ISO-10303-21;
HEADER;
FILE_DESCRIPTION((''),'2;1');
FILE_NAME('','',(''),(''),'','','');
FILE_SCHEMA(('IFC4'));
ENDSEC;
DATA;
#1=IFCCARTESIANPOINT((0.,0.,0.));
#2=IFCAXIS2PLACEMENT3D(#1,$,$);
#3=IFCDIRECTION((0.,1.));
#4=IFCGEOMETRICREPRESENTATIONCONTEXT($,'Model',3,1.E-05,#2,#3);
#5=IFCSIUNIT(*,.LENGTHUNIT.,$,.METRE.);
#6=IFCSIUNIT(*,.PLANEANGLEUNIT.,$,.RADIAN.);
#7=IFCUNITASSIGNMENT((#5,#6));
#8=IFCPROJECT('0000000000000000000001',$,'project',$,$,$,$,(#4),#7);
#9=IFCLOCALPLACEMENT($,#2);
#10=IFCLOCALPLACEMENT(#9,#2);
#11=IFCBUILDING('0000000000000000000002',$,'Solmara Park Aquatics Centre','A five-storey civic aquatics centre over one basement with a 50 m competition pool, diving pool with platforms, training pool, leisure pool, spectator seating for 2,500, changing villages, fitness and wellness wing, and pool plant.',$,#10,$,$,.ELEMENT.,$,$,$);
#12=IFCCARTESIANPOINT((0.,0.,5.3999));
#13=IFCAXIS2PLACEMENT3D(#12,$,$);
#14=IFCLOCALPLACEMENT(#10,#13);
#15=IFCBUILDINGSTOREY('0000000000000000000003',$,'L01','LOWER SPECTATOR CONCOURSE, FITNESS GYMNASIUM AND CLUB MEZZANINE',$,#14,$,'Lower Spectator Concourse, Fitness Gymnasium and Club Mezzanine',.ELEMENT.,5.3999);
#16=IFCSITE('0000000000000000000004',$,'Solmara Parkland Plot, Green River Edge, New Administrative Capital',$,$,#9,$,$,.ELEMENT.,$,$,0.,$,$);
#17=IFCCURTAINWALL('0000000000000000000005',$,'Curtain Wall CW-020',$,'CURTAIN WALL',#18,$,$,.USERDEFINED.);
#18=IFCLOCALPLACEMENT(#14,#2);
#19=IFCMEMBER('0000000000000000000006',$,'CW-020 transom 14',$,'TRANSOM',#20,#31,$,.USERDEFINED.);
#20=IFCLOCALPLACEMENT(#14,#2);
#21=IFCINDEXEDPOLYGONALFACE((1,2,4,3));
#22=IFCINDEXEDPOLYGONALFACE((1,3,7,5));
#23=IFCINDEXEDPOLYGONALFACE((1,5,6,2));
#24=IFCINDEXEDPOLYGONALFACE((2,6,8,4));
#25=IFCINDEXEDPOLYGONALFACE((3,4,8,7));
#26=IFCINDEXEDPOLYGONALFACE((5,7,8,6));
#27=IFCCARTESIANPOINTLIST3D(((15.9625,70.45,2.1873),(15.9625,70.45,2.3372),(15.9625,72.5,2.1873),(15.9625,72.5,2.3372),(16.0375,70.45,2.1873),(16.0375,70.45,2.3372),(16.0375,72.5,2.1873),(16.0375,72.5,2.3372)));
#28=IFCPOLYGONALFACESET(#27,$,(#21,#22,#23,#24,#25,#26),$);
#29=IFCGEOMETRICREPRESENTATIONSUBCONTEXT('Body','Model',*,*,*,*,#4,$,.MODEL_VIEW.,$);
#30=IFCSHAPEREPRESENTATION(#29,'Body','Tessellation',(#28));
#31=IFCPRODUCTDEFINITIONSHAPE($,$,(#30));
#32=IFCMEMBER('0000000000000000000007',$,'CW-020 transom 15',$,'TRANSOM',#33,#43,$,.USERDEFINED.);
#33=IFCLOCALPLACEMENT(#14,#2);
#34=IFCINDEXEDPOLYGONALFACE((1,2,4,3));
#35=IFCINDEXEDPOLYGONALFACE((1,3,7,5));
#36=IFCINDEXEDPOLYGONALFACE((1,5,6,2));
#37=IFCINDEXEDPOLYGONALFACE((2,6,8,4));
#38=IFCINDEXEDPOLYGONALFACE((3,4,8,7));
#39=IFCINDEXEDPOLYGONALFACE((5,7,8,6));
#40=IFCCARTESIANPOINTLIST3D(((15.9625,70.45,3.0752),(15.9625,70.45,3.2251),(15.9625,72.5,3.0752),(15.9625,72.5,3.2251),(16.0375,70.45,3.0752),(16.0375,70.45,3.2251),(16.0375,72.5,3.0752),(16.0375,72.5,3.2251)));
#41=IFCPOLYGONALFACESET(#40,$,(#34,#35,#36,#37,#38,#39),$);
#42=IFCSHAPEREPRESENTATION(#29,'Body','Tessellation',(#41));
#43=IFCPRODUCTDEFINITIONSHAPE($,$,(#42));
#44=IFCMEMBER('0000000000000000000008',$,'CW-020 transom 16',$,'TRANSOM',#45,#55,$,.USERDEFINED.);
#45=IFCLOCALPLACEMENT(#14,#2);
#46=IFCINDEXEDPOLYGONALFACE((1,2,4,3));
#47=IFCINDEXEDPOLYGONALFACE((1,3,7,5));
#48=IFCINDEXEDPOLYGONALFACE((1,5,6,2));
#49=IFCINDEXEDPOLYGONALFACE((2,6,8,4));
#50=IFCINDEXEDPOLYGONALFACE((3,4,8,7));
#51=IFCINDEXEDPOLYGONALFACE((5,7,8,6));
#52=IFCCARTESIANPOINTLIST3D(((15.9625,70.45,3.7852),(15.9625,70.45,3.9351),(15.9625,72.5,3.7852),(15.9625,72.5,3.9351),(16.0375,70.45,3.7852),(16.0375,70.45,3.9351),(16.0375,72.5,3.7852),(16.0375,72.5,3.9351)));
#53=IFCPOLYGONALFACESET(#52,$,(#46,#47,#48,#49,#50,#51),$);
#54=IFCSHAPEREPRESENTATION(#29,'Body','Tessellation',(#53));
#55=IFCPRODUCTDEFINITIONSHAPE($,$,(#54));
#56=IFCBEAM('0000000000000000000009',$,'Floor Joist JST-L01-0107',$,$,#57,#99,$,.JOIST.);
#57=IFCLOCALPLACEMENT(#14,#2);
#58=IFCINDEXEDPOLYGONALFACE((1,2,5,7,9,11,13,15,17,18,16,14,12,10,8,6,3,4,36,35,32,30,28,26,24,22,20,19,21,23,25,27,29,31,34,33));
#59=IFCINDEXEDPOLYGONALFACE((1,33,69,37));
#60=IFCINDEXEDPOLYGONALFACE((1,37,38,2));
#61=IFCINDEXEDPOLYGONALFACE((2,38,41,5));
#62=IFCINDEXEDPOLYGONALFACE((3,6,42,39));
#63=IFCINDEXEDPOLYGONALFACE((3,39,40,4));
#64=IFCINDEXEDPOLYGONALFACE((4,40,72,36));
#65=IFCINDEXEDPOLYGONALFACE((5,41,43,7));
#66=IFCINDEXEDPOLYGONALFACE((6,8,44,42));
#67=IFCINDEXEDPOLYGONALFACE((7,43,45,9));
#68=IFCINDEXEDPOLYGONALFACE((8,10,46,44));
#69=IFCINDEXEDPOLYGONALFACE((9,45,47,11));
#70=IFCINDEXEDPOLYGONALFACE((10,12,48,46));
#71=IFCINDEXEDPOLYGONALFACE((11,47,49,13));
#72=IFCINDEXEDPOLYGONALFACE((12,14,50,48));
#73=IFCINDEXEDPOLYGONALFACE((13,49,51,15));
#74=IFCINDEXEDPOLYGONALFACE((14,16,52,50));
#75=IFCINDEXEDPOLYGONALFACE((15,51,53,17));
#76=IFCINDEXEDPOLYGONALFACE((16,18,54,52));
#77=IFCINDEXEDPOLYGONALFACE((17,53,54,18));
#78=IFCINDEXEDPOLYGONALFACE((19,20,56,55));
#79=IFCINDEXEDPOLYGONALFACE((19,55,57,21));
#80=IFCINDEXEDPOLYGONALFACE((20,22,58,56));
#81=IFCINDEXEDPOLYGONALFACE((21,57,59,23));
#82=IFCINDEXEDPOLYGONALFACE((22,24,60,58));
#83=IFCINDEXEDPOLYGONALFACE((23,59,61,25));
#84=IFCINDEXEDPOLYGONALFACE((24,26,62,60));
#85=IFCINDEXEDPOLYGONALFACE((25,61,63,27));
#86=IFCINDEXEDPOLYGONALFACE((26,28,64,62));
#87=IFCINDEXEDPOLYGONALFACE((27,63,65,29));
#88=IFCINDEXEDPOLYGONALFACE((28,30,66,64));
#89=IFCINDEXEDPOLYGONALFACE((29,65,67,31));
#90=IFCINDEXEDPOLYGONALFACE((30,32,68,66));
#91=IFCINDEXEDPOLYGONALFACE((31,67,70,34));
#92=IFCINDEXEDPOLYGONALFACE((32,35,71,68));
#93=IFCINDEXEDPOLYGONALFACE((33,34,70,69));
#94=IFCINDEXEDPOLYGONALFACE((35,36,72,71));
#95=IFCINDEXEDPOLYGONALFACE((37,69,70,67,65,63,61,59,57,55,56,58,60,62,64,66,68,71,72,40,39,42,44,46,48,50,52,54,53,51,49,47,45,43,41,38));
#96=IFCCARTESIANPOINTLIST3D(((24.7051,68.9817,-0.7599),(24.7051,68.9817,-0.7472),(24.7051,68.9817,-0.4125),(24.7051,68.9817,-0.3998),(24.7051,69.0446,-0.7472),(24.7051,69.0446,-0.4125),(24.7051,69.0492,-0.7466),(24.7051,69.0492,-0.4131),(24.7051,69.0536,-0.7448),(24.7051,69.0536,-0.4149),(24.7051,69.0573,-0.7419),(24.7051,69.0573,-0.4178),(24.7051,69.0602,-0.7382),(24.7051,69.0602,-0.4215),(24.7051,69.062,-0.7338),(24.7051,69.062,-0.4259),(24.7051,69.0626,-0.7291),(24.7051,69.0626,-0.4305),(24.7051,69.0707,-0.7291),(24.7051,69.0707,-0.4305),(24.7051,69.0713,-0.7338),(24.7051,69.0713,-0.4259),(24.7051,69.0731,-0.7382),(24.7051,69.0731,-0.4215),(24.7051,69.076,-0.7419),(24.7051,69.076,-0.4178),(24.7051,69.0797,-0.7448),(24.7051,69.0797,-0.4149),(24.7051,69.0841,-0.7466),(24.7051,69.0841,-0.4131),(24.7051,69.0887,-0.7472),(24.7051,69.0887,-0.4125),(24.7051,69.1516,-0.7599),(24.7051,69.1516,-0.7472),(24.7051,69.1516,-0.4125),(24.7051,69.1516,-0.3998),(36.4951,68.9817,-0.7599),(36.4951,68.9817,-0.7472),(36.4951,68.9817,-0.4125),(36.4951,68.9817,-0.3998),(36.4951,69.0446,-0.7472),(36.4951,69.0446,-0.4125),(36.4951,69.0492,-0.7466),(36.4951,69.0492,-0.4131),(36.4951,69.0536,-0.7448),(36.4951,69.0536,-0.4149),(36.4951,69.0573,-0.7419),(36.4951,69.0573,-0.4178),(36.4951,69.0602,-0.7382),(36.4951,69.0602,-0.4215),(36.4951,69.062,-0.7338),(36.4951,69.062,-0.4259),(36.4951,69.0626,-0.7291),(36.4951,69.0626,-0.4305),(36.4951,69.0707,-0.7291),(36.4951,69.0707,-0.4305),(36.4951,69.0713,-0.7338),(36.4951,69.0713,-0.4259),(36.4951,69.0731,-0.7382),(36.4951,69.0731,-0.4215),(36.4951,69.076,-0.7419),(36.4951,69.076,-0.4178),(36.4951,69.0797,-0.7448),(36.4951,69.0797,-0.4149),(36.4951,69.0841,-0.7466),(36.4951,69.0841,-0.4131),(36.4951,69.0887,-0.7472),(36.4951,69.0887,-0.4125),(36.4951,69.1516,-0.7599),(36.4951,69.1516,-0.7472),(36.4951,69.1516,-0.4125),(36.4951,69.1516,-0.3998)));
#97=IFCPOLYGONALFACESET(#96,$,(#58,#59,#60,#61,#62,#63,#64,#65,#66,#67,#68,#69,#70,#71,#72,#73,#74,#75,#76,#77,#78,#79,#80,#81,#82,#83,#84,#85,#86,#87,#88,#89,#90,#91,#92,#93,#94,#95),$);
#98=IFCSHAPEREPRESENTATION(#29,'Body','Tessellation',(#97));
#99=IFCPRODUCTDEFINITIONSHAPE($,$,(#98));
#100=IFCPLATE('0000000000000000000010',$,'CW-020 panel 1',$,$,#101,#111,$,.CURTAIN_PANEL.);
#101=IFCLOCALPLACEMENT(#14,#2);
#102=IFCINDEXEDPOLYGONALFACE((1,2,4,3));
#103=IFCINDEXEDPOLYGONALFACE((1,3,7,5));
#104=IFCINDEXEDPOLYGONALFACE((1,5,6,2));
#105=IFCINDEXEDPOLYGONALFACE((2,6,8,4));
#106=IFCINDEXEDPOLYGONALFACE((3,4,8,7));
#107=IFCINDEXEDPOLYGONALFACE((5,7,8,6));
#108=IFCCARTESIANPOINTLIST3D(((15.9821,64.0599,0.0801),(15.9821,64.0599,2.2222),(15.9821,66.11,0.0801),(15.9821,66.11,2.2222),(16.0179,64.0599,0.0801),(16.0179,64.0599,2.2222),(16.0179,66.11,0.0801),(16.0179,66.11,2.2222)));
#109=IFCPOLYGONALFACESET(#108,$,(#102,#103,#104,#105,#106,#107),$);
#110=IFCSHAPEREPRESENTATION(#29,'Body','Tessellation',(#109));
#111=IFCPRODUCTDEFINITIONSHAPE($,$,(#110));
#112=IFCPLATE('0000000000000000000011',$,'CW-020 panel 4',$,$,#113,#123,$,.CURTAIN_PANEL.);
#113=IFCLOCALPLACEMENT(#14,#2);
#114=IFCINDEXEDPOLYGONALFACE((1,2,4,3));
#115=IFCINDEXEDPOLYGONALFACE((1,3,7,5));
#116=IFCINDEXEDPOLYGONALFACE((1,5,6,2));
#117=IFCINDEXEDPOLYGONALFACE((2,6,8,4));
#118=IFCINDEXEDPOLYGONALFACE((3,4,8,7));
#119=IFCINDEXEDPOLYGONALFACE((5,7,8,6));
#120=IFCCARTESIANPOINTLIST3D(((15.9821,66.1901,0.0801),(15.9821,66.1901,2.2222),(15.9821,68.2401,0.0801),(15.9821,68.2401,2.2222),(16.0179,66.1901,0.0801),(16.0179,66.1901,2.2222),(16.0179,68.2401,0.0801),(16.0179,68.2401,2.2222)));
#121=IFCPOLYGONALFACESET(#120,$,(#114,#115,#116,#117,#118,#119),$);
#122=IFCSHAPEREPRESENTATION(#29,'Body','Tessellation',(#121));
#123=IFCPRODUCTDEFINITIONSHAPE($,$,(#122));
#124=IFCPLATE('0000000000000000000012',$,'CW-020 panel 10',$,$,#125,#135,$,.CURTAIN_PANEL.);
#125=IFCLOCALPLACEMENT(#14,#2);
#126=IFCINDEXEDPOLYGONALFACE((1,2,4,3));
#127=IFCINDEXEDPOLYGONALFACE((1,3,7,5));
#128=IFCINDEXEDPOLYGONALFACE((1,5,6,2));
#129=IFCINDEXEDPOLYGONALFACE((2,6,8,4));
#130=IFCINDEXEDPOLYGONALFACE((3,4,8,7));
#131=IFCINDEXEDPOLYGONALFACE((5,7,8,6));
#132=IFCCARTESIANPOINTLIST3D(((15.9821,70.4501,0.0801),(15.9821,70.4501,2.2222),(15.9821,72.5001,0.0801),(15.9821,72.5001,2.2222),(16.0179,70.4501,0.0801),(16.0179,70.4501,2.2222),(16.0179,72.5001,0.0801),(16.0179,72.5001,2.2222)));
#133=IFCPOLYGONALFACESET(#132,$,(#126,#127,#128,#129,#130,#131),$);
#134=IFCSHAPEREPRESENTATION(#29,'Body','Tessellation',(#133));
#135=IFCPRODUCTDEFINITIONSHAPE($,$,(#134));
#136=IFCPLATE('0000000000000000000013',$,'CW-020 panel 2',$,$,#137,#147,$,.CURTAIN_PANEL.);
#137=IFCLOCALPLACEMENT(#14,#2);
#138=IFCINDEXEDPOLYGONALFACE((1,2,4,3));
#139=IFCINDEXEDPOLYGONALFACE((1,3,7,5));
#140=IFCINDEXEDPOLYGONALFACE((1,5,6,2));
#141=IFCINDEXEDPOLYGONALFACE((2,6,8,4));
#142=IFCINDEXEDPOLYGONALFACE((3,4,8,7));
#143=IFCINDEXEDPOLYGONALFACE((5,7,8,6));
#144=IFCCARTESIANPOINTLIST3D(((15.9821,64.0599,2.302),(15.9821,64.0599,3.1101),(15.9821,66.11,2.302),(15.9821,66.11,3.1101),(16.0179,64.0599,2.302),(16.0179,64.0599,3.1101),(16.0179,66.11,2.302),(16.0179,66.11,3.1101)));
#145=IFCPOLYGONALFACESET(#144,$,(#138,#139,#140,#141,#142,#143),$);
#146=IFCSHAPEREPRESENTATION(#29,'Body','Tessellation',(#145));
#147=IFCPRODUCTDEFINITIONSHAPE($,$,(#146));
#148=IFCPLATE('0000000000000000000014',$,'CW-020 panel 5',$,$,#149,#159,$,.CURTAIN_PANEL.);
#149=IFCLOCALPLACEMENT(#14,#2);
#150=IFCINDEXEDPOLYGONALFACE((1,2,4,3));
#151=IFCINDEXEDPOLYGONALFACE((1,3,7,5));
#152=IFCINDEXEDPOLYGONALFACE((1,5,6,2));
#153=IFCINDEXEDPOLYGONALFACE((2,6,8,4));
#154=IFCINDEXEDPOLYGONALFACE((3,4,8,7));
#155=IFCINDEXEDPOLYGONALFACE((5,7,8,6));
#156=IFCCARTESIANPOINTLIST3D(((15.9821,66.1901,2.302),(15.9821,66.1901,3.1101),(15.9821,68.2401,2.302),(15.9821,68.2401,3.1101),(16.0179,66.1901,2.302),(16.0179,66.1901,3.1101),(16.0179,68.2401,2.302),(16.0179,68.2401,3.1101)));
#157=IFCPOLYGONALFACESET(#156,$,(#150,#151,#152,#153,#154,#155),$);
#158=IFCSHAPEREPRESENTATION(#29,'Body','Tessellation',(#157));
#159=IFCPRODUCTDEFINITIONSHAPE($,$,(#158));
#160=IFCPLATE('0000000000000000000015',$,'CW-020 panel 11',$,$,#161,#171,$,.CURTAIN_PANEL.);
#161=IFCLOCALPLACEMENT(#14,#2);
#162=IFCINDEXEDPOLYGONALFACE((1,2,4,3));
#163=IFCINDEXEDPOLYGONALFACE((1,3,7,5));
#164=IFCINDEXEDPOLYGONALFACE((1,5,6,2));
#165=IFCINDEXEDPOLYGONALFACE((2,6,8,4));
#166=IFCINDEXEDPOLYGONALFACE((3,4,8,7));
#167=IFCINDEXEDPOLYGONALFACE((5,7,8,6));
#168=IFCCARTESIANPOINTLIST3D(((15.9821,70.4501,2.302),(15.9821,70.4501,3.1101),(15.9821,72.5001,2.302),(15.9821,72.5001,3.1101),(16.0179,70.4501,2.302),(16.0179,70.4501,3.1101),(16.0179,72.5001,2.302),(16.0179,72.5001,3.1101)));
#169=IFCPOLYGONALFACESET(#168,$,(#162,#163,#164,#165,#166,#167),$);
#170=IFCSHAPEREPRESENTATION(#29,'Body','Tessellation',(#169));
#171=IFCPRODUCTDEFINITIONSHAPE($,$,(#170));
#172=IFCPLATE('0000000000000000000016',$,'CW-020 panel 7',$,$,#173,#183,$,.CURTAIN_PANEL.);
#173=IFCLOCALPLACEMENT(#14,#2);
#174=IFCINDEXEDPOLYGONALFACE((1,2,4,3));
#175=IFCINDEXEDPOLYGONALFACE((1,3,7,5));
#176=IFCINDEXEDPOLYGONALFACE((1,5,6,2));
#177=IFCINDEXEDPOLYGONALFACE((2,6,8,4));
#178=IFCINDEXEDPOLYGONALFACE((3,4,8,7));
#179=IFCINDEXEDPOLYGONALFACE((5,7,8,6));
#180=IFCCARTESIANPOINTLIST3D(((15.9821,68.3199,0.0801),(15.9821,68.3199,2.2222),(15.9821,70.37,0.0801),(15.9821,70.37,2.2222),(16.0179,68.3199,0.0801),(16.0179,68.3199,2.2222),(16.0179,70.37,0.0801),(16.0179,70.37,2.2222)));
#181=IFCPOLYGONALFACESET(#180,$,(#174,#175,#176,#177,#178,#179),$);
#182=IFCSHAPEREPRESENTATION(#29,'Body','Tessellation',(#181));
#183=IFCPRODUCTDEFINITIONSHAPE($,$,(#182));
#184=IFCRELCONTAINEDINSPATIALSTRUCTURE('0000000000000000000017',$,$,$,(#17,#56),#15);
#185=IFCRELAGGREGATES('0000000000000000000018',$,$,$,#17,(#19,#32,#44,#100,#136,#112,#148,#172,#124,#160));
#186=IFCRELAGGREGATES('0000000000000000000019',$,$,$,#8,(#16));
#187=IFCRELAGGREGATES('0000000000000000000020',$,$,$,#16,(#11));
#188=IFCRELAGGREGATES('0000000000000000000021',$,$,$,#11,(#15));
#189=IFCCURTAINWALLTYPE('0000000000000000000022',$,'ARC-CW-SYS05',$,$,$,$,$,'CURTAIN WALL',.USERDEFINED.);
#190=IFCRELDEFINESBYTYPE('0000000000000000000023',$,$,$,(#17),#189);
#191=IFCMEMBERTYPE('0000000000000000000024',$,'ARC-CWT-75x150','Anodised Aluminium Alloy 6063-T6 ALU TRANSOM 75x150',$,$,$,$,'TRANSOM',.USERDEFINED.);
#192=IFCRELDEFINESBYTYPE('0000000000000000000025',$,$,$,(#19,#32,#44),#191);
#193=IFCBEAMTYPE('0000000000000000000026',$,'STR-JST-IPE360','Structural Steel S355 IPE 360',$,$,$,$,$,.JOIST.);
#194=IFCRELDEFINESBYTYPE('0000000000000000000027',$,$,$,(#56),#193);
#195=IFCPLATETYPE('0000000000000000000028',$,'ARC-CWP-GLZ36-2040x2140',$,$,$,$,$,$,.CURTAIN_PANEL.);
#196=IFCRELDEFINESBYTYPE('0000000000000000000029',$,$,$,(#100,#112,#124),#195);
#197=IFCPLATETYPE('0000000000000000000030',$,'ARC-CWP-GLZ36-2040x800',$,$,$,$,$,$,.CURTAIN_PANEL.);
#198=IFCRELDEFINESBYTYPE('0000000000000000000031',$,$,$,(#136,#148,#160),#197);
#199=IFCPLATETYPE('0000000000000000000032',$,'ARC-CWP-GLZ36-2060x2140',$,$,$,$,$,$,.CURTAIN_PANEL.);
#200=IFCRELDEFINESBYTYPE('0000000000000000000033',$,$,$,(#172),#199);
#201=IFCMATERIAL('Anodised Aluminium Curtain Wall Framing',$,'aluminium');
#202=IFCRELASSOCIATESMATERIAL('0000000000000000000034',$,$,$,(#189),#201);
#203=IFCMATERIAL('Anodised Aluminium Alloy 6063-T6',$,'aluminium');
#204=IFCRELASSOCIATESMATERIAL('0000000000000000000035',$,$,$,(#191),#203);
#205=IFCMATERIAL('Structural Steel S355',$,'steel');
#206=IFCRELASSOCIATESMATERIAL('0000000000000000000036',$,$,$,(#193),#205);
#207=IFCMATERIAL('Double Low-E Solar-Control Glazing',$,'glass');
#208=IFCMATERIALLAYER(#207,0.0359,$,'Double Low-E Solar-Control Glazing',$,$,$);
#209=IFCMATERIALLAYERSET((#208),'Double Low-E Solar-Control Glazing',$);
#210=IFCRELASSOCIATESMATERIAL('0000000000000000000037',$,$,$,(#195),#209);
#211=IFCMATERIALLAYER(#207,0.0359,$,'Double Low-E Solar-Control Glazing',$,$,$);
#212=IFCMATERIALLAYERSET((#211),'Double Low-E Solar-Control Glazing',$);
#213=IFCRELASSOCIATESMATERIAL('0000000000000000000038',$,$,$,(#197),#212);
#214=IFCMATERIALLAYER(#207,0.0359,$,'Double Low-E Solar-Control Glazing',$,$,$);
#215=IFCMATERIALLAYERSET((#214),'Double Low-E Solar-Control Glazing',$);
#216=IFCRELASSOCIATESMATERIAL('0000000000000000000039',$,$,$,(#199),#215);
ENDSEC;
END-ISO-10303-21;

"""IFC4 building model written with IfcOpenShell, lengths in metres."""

from ifc_helpers import new_model, si_unit, direction, frame, origin, origin_2d, place, context, subcontext, project, spatial, rectangle, i_section, extrude, material, layer, layer_set, material_profile, profile_set, type_object, element, aggregate, save


model = new_model("IFC4")

# Units and contexts
model_context = context("Model", 3, precision=1e-05, world=origin(), true_north=direction((0.0, 1.0)))
body_context = subcontext(model_context, "Body", "Model", "MODEL_VIEW")
ifc_project = project(units=[si_unit("LENGTHUNIT", "METRE"), si_unit("PLANEANGLEUNIT", "RADIAN")], contexts=[model_context])

# Site, building, storey
site_placement = place(None, origin())
site = spatial("IfcSite", under=ifc_project, at=site_placement, Name="Solmara Parkland Plot, Green River Edge, New Administrative Capital", CompositionType="ELEMENT", RefElevation=0.0)
building_placement = place(site_placement, origin())
building = spatial("IfcBuilding", under=site, at=building_placement, Name="Solmara Park Aquatics Centre", Description="A five-storey civic aquatics centre over one basement with a 50 m competition pool, diving pool with platforms, training pool, leisure pool, spectator seating for 2,500, changing villages, fitness and wellness wing, and pool plant.", CompositionType="ELEMENT")
storey_placement = place(building_placement, frame((0.0, 0.0, 5.3999)))
storey = spatial("IfcBuildingStorey", under=building, at=storey_placement, Name="L01", Description="LOWER SPECTATOR CONCOURSE, FITNESS GYMNASIUM AND CLUB MEZZANINE", LongName="Lower Spectator Concourse, Fitness Gymnasium and Club Mezzanine", CompositionType="ELEMENT", Elevation=5.3999)

# Curtain wall, members
ifc_material_1 = material(Name="Anodised Aluminium Curtain Wall Framing", Category="aluminium")
curtain_wall_type = type_object("IfcCurtainWallType", Name="ARC-CW-SYS05", ElementType="CURTAIN WALL", PredefinedType="USERDEFINED", material=ifc_material_1)
curtain_wall_placement = place(storey_placement, origin())
curtain_wall = element("IfcCurtainWall", 1, at=curtain_wall_placement, inside=storey, type_object=curtain_wall_type, Name="Curtain Wall CW-020", ObjectType="CURTAIN WALL", PredefinedType="USERDEFINED")
ifc_material_2 = material(Name="Anodised Aluminium Alloy 6063-T6", Category="aluminium")
ifc_material_profile_1 = material_profile(ifc_material_2, rectangle(XDim=0.075, YDim=0.1499, at=origin_2d()), Name="ALU TRANSOM 75x150")
ifc_profile_set_1 = profile_set([ifc_material_profile_1], Name="Anodised Aluminium Alloy 6063-T6")
member_type_1 = type_object("IfcMemberType", Name="ARC-CWT-75x150", Description="Anodised Aluminium Alloy 6063-T6 ALU TRANSOM 75x150", ElementType="TRANSOM", PredefinedType="USERDEFINED", material=ifc_profile_set_1)
member_1_placement = place(storey_placement, frame((16.0, 70.45, 2.2622), z_axis=(0.0, 1.0, 0.0), x_axis=(-1.0, 0.0, 0.0)))
member_1 = element("IfcMember", 2, at=member_1_placement, type_object=member_type_1, Name="CW-020 transom 14", ObjectType="TRANSOM", PredefinedType="USERDEFINED", context=body_context, shape_type="SweptSolid", body=[
    extrude(rectangle(XDim=0.075, YDim=0.1499, at=origin_2d()), origin(), (0.0, 0.0, 1.0), 2.05),
])
member_2_placement = place(storey_placement, frame((16.0, 70.45, 3.1501), z_axis=(0.0, 1.0, 0.0), x_axis=(-1.0, 0.0, 0.0)))
member_2 = element("IfcMember", 3, at=member_2_placement, type_object=member_type_1, Name="CW-020 transom 15", ObjectType="TRANSOM", PredefinedType="USERDEFINED", context=body_context, shape_type="SweptSolid", body=[
    extrude(rectangle(XDim=0.075, YDim=0.1499, at=origin_2d()), origin(), (0.0, 0.0, 1.0), 2.05),
])
member_3_placement = place(storey_placement, frame((16.0, 70.45, 3.8601), z_axis=(0.0, 1.0, 0.0), x_axis=(-1.0, 0.0, 0.0)))
member_3 = element("IfcMember", 4, at=member_3_placement, type_object=member_type_1, Name="CW-020 transom 16", ObjectType="TRANSOM", PredefinedType="USERDEFINED", context=body_context, shape_type="SweptSolid", body=[
    extrude(rectangle(XDim=0.075, YDim=0.1499, at=origin_2d()), origin(), (0.0, 0.0, 1.0), 2.05),
])

# Beam
ifc_material_3 = material(Name="Structural Steel S355", Category="steel")
ifc_material_profile_2 = material_profile(ifc_material_3, i_section(OverallWidth=0.1699, OverallDepth=0.3601, WebThickness=0.0081, FlangeThickness=0.0127, FilletRadius=0.0181, at=origin_2d()), Name="IPE 360")
ifc_profile_set_2 = profile_set([ifc_material_profile_2], Name="Structural Steel S355")
beam_type = type_object("IfcBeamType", Name="STR-JST-IPE360", Description="Structural Steel S355 IPE 360", PredefinedType="JOIST", material=ifc_profile_set_2)
beam_placement = place(storey_placement, frame((24.7051, 69.0667, -0.5798), z_axis=(1.0, 0.0, 0.0), x_axis=(0.0, 1.0, 0.0)))
element("IfcBeam", 5, at=beam_placement, inside=storey, type_object=beam_type, Name="Floor Joist JST-L01-0107", PredefinedType="JOIST", context=body_context, shape_type="SweptSolid", body=[
    extrude(i_section(OverallWidth=0.1699, OverallDepth=0.3601, WebThickness=0.0081, FlangeThickness=0.0127, FilletRadius=0.0181, at=origin_2d()), origin(), (0.0, 0.0, 1.0), 11.79),
])

# Plates
ifc_material_4 = material(Name="Double Low-E Solar-Control Glazing", Category="glass")
ifc_layer_1 = layer(ifc_material_4, 0.0359, Name="Double Low-E Solar-Control Glazing")
ifc_layer_set_1 = layer_set([ifc_layer_1], Name="Double Low-E Solar-Control Glazing")
plate_type_1 = type_object("IfcPlateType", Name="ARC-CWP-GLZ36-2040x2140", PredefinedType="CURTAIN_PANEL", material=ifc_layer_set_1)
plate_1_placement = place(storey_placement, frame((16.0, 65.085, 0.0801), z_axis=(0.0, 0.0, 1.0), x_axis=(0.0, 1.0, 0.0)))
plate_1 = element("IfcPlate", 6, at=plate_1_placement, type_object=plate_type_1, Name="CW-020 panel 1", PredefinedType="CURTAIN_PANEL", context=body_context, shape_type="SweptSolid", body=[
    extrude(rectangle(XDim=2.05, YDim=0.0359, at=origin_2d()), origin(), (0.0, 0.0, 1.0), 2.1421),
])
plate_2_placement = place(storey_placement, frame((16.0, 67.2151, 0.0801), z_axis=(0.0, 0.0, 1.0), x_axis=(0.0, 1.0, 0.0)))
plate_2 = element("IfcPlate", 7, at=plate_2_placement, type_object=plate_type_1, Name="CW-020 panel 4", PredefinedType="CURTAIN_PANEL", context=body_context, shape_type="SweptSolid", body=[
    extrude(rectangle(XDim=2.05, YDim=0.0359, at=origin_2d()), origin(), (0.0, 0.0, 1.0), 2.1421),
])
plate_3_placement = place(storey_placement, frame((16.0, 71.4751, 0.0801), z_axis=(0.0, 0.0, 1.0), x_axis=(0.0, 1.0, 0.0)))
plate_3 = element("IfcPlate", 8, at=plate_3_placement, type_object=plate_type_1, Name="CW-020 panel 10", PredefinedType="CURTAIN_PANEL", context=body_context, shape_type="SweptSolid", body=[
    extrude(rectangle(XDim=2.05, YDim=0.0359, at=origin_2d()), origin(), (0.0, 0.0, 1.0), 2.1421),
])
ifc_layer_2 = layer(ifc_material_4, 0.0359, Name="Double Low-E Solar-Control Glazing")
ifc_layer_set_2 = layer_set([ifc_layer_2], Name="Double Low-E Solar-Control Glazing")
plate_type_2 = type_object("IfcPlateType", Name="ARC-CWP-GLZ36-2040x800", PredefinedType="CURTAIN_PANEL", material=ifc_layer_set_2)
plate_4_placement = place(storey_placement, frame((16.0, 65.085, 2.302), z_axis=(0.0, 0.0, 1.0), x_axis=(0.0, 1.0, 0.0)))
plate_4 = element("IfcPlate", 9, at=plate_4_placement, type_object=plate_type_2, Name="CW-020 panel 2", PredefinedType="CURTAIN_PANEL", context=body_context, shape_type="SweptSolid", body=[
    extrude(rectangle(XDim=2.05, YDim=0.0359, at=origin_2d()), origin(), (0.0, 0.0, 1.0), 0.8081),
])
plate_5_placement = place(storey_placement, frame((16.0, 67.2151, 2.302), z_axis=(0.0, 0.0, 1.0), x_axis=(0.0, 1.0, 0.0)))
plate_5 = element("IfcPlate", 10, at=plate_5_placement, type_object=plate_type_2, Name="CW-020 panel 5", PredefinedType="CURTAIN_PANEL", context=body_context, shape_type="SweptSolid", body=[
    extrude(rectangle(XDim=2.05, YDim=0.0359, at=origin_2d()), origin(), (0.0, 0.0, 1.0), 0.8081),
])
plate_6_placement = place(storey_placement, frame((16.0, 71.4751, 2.302), z_axis=(0.0, 0.0, 1.0), x_axis=(0.0, 1.0, 0.0)))
plate_6 = element("IfcPlate", 11, at=plate_6_placement, type_object=plate_type_2, Name="CW-020 panel 11", PredefinedType="CURTAIN_PANEL", context=body_context, shape_type="SweptSolid", body=[
    extrude(rectangle(XDim=2.05, YDim=0.0359, at=origin_2d()), origin(), (0.0, 0.0, 1.0), 0.8081),
])
ifc_layer_3 = layer(ifc_material_4, 0.0359, Name="Double Low-E Solar-Control Glazing")
ifc_layer_set_3 = layer_set([ifc_layer_3], Name="Double Low-E Solar-Control Glazing")
plate_type_3 = type_object("IfcPlateType", Name="ARC-CWP-GLZ36-2060x2140", PredefinedType="CURTAIN_PANEL", material=ifc_layer_set_3)
plate_7_placement = place(storey_placement, frame((16.0, 69.345, 0.0801), z_axis=(0.0, 0.0, 1.0), x_axis=(0.0, 1.0, 0.0)))
plate_7 = element("IfcPlate", 12, at=plate_7_placement, type_object=plate_type_3, Name="CW-020 panel 7", PredefinedType="CURTAIN_PANEL", context=body_context, shape_type="SweptSolid", body=[
    extrude(rectangle(XDim=2.05, YDim=0.0359, at=origin_2d()), origin(), (0.0, 0.0, 1.0), 2.1421),
])
aggregate(curtain_wall, [member_1, member_2, member_3, plate_1, plate_4, plate_2, plate_5, plate_7, plate_3, plate_6])

save(model, "model.ifc")
